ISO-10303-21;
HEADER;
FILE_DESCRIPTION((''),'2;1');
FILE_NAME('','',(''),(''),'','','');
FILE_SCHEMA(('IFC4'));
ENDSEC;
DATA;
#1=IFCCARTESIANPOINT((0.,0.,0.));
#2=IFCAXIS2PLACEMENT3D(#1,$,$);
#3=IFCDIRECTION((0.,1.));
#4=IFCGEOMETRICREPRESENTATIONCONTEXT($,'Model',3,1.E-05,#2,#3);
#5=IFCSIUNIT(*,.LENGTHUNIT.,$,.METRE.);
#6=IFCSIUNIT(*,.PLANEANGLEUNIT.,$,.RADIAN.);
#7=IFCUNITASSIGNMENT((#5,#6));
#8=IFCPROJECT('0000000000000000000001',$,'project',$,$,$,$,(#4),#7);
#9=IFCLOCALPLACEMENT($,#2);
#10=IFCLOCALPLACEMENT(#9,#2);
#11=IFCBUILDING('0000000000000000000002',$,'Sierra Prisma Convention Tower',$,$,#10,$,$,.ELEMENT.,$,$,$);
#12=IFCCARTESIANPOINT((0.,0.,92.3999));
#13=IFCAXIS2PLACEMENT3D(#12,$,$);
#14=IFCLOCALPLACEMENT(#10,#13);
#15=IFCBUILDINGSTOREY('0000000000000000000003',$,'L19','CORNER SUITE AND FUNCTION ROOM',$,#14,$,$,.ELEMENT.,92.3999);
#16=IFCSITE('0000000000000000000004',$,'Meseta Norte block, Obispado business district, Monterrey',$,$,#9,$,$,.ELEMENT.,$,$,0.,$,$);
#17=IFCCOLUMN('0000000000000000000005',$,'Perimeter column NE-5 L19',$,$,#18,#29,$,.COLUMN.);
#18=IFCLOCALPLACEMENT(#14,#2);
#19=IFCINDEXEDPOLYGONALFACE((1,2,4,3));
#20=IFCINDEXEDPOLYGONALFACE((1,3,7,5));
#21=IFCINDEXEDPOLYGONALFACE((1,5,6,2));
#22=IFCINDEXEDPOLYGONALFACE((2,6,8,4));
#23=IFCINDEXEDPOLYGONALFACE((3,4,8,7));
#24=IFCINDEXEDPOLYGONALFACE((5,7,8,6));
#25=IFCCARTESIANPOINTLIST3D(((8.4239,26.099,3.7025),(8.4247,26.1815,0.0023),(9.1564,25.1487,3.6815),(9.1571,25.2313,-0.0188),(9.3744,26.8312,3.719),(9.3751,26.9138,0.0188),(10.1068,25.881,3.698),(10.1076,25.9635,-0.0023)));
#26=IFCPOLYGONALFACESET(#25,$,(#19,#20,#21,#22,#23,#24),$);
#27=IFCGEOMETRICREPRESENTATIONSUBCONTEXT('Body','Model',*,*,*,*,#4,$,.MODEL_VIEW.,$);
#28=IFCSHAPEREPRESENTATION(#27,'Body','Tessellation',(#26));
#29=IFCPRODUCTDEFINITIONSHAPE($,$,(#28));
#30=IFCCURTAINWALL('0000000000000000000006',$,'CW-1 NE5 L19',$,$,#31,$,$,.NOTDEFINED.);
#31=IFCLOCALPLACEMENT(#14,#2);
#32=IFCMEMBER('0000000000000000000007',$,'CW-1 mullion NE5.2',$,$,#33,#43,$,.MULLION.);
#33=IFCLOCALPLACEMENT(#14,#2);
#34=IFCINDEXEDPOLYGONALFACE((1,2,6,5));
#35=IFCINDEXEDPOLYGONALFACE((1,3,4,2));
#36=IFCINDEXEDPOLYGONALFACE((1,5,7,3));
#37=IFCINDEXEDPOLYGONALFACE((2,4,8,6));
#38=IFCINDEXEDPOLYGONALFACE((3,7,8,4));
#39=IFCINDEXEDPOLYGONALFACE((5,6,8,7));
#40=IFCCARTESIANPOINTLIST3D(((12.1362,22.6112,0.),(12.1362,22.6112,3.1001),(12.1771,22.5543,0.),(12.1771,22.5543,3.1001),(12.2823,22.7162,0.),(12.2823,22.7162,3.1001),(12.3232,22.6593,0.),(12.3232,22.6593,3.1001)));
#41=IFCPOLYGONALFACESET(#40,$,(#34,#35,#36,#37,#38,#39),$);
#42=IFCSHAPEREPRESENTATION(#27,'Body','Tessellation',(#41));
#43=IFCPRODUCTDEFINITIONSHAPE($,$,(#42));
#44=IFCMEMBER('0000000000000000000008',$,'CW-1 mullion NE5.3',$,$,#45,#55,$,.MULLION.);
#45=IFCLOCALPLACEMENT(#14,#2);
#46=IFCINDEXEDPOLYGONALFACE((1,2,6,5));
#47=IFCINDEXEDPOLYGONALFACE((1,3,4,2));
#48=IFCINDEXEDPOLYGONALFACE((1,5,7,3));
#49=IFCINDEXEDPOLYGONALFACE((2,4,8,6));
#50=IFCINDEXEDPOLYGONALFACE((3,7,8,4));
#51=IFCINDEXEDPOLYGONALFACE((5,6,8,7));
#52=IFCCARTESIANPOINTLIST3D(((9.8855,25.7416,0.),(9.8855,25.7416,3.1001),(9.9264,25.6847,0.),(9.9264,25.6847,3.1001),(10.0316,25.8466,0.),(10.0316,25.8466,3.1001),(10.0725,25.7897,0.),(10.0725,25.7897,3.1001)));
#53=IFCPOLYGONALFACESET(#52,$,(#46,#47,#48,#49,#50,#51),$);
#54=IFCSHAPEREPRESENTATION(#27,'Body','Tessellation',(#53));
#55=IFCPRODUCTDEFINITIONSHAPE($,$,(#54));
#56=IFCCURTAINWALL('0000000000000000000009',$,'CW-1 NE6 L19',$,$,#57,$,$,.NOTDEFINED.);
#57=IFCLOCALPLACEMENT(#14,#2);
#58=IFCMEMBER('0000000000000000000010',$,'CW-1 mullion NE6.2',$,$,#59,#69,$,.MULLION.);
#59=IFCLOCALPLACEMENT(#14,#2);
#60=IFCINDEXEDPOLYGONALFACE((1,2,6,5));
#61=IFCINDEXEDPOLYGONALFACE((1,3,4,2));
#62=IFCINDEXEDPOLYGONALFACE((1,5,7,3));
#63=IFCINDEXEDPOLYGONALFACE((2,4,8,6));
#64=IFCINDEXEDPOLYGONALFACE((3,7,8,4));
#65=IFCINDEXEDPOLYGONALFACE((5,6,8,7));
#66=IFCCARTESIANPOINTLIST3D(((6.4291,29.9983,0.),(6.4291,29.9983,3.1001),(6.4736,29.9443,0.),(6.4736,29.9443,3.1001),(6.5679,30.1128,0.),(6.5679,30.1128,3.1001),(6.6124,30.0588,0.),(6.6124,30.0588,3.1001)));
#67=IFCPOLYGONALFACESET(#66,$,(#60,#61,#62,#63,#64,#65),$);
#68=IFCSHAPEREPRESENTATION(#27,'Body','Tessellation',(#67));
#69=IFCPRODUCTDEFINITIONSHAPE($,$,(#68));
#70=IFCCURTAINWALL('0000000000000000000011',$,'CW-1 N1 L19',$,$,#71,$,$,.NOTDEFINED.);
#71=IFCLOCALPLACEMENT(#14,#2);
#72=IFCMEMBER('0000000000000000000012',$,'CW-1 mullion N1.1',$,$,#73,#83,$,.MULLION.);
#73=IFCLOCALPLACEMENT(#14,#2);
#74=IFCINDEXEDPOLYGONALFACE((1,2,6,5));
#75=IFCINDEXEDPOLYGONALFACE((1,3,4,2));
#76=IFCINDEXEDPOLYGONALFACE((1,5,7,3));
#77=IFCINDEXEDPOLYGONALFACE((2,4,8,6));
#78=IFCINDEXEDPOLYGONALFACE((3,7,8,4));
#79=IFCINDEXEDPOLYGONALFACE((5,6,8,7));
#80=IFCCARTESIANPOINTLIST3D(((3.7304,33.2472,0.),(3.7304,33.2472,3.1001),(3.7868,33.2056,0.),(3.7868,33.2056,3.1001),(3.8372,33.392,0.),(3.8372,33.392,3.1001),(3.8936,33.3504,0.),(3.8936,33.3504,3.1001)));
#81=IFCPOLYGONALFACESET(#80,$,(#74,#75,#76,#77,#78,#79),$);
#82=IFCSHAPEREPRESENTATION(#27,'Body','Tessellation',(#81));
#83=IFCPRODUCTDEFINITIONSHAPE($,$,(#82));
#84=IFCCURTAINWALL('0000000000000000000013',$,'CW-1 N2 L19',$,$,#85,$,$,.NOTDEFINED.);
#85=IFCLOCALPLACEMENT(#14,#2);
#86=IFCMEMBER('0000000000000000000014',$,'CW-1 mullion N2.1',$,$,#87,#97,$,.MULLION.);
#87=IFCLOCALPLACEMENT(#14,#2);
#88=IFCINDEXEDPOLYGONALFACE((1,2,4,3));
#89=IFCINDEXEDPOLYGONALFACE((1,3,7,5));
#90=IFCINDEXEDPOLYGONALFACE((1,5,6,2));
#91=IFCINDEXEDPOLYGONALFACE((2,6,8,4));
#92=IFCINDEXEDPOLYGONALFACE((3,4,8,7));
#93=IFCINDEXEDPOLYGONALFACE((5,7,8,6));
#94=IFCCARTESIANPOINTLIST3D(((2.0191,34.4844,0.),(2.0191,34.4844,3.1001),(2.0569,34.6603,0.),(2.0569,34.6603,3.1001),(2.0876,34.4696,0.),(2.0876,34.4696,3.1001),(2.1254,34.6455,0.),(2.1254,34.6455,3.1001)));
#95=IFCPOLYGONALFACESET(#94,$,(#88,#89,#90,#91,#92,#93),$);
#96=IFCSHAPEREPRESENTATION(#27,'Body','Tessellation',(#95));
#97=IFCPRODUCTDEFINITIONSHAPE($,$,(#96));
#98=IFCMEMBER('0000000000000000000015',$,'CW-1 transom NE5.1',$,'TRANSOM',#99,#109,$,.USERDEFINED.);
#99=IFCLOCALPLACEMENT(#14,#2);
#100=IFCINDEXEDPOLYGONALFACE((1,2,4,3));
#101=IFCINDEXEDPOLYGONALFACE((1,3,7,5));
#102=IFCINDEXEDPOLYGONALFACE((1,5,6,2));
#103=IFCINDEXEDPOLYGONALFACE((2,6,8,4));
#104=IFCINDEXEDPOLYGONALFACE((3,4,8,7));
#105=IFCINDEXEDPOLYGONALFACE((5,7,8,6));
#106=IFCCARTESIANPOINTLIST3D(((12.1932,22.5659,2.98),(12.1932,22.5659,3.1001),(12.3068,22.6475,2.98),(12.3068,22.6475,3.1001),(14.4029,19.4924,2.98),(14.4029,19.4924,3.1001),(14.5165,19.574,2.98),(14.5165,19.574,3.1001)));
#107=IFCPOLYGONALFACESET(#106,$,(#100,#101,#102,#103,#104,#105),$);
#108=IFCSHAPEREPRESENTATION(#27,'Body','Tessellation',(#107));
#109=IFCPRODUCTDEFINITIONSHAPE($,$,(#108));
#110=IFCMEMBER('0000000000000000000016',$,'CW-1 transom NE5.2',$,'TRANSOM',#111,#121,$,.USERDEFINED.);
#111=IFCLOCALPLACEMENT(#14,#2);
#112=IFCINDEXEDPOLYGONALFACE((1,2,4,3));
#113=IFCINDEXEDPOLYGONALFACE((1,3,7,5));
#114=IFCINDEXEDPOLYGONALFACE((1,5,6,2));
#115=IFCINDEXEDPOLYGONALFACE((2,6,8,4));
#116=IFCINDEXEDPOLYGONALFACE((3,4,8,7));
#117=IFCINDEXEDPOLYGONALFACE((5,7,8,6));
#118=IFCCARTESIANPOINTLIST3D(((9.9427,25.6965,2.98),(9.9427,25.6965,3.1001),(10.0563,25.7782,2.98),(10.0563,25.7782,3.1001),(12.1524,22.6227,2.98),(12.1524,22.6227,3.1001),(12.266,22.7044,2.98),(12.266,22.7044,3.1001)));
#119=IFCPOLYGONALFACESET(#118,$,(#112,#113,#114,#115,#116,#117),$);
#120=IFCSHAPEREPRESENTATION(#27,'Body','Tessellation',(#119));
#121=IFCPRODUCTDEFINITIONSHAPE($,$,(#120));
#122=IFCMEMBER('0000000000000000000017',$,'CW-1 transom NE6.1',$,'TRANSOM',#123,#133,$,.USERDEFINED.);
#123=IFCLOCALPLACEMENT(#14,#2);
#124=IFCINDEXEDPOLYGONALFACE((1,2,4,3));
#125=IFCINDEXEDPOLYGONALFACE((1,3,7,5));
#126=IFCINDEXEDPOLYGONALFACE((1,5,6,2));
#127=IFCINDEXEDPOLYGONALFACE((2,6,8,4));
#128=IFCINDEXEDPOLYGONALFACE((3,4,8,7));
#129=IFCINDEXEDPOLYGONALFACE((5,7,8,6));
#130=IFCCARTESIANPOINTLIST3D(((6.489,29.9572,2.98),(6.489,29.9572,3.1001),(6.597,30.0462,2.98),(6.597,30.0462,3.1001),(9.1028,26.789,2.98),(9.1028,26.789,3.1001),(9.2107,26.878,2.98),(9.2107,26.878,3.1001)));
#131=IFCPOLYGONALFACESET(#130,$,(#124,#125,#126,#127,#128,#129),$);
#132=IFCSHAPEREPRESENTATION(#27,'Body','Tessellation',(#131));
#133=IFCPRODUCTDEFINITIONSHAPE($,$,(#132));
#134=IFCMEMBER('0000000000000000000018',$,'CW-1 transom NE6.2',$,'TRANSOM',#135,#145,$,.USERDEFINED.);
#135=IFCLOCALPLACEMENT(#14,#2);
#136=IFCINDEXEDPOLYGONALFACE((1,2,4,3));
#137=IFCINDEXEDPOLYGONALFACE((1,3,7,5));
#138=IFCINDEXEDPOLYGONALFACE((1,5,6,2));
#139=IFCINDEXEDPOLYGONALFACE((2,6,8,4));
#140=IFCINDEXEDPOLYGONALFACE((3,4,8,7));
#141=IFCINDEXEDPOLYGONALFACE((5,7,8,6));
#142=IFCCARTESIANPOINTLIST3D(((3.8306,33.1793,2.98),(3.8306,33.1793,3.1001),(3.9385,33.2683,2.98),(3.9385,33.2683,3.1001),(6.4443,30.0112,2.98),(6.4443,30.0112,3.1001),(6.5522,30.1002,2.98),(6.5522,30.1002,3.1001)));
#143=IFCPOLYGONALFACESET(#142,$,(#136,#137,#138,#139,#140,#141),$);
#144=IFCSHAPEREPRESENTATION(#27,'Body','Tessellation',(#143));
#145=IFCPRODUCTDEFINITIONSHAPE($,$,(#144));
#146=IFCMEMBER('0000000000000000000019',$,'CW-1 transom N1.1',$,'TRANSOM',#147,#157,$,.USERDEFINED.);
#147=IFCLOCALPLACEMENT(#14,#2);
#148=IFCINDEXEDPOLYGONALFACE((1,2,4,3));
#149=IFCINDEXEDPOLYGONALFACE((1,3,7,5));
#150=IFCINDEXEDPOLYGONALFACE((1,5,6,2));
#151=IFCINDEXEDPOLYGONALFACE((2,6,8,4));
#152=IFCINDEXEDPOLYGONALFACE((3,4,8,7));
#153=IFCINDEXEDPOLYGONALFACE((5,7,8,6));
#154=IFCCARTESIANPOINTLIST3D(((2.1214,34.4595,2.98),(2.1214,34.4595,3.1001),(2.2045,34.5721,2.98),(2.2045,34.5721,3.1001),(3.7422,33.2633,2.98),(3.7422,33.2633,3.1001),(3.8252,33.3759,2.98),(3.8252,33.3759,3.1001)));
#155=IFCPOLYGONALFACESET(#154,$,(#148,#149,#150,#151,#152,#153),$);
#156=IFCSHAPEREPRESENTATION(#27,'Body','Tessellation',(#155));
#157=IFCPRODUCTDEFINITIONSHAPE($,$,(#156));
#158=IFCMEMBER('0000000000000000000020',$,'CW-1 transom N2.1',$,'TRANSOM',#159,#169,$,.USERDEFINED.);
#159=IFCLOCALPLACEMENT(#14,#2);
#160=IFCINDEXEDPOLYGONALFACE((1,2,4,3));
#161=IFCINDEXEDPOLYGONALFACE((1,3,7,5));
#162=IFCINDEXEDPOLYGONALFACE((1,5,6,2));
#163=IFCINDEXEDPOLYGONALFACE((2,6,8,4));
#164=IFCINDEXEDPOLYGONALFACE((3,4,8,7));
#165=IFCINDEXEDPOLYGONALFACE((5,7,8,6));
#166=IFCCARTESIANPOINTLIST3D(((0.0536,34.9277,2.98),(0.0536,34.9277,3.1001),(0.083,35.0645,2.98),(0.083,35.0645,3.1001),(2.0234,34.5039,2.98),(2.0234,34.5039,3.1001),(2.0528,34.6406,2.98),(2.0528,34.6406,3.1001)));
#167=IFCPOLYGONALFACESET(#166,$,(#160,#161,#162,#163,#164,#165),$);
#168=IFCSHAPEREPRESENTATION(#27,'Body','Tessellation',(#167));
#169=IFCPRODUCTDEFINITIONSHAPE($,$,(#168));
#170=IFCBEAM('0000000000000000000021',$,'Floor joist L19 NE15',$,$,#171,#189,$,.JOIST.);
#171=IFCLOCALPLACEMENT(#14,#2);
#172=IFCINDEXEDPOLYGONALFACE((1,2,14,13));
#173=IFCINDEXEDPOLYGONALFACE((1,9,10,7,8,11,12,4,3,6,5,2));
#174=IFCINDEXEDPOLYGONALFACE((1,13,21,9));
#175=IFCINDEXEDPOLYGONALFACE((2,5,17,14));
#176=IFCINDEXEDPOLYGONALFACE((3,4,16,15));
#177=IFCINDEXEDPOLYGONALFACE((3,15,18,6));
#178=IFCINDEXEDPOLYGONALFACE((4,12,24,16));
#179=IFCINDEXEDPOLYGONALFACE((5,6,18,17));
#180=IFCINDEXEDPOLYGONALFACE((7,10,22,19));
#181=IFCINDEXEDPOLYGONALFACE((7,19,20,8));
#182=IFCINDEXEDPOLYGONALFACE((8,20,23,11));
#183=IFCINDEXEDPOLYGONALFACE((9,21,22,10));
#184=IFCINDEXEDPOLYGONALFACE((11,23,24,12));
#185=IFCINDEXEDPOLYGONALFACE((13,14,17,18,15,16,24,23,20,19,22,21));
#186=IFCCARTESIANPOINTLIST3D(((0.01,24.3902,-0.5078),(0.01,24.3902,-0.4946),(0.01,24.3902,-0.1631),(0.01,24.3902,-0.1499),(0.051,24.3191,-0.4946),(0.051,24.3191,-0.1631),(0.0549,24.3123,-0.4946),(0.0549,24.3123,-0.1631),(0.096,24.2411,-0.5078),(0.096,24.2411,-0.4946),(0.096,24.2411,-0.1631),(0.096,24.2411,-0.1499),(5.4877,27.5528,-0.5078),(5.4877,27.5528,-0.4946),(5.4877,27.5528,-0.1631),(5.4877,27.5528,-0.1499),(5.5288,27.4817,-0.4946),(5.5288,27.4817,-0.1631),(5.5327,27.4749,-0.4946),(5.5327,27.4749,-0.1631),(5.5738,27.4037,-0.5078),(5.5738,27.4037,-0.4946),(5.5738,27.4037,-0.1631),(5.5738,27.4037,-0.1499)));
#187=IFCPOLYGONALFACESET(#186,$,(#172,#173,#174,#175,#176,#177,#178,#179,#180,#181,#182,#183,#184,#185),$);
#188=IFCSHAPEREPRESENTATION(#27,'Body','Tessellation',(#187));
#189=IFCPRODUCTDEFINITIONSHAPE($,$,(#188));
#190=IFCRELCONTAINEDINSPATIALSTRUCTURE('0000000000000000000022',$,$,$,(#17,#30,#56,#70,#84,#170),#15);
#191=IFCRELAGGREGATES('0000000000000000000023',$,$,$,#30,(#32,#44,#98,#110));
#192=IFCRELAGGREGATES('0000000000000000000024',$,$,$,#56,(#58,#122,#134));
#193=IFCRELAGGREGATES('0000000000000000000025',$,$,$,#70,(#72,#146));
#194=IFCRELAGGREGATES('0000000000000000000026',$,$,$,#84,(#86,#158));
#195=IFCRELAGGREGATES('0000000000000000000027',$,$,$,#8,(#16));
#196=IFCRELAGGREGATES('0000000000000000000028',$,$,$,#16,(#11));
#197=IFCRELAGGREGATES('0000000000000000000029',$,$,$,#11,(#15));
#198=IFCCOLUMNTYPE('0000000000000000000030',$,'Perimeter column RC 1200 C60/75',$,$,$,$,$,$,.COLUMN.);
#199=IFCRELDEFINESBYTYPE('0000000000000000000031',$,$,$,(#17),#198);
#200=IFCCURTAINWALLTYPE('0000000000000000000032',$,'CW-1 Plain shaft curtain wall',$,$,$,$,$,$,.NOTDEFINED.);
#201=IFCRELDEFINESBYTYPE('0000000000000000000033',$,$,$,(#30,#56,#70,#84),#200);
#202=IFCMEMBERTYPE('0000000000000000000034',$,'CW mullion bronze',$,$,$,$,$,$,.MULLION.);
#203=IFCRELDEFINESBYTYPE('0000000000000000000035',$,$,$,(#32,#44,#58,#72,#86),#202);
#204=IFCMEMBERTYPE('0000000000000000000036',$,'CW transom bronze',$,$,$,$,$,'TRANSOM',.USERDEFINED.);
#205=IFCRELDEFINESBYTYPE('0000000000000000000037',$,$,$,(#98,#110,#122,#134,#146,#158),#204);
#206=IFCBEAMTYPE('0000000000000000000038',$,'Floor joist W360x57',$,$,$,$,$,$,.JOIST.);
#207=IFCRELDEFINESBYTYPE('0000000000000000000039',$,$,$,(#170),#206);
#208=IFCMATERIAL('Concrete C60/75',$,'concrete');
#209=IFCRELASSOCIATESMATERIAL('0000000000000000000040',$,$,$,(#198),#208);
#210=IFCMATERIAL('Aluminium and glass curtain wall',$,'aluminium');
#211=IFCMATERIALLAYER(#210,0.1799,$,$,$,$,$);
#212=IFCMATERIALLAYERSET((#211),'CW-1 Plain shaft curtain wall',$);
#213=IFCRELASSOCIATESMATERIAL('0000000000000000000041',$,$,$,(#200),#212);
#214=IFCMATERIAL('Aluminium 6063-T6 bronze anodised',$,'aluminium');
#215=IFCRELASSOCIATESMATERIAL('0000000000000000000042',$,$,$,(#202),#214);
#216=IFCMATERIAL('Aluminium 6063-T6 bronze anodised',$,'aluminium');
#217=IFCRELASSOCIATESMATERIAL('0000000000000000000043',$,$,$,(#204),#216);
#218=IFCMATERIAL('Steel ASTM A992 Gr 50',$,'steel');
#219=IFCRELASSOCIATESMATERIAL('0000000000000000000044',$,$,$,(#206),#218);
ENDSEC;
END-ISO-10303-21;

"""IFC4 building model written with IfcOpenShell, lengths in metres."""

from ifc_helpers import new_model, si_unit, direction, frame, origin, origin_2d, place, context, subcontext, project, spatial, rectangle, i_section, extrude, material, layer, layer_set, material_profile, profile_set, type_object, element, aggregate, save


model = new_model("IFC4")

# Units and contexts
model_context = context("Model", 3, precision=1e-05, world=origin(), true_north=direction((0.0, 1.0)))
body_context = subcontext(model_context, "Body", "Model", "MODEL_VIEW")
ifc_project = project(units=[si_unit("LENGTHUNIT", "METRE"), si_unit("PLANEANGLEUNIT", "RADIAN")], contexts=[model_context])

# Site, building, storey
site_placement = place(None, origin())
site = spatial("IfcSite", under=ifc_project, at=site_placement, Name="Meseta Norte block, Obispado business district, Monterrey", CompositionType="ELEMENT", RefElevation=0.0)
building_placement = place(site_placement, origin())
building = spatial("IfcBuilding", under=site, at=building_placement, Name="Sierra Prisma Convention Tower", CompositionType="ELEMENT")
storey_placement = place(building_placement, frame((0.0, 0.0, 92.3999)))
storey = spatial("IfcBuildingStorey", under=building, at=storey_placement, Name="L19", Description="CORNER SUITE AND FUNCTION ROOM", CompositionType="ELEMENT", Elevation=92.3999)

# Column
ifc_material_1 = material(Name="Concrete C60/75", Category="concrete")
ifc_material_profile_1 = material_profile(ifc_material_1, rectangle(XDim=1.2, YDim=1.2, at=origin_2d()), Name="Perimeter column RC 1200 C60/75")
ifc_profile_set_1 = profile_set([ifc_material_profile_1], Name="Concrete C60/75")
column_type = type_object("IfcColumnType", Name="Perimeter column RC 1200 C60/75", PredefinedType="COLUMN", material=ifc_profile_set_1)
column_placement = place(storey_placement, frame((9.2661, 26.0725, 0.0), z_axis=(-0.000198, -0.022296, 0.999751), x_axis=(-0.610386, 0.79191, 0.01754)))
element("IfcColumn", 1, at=column_placement, inside=storey, type_object=column_type, Name="Perimeter column NE-5 L19", PredefinedType="COLUMN", context=body_context, shape_type="SweptSolid", body=[
    extrude(rectangle(XDim=1.2, YDim=1.2, at=origin_2d()), origin(), (0.0, 0.0, 1.0), 3.7012),
])

# Curtain wall, members
ifc_material_2 = material(Name="Aluminium and glass curtain wall", Category="aluminium")
ifc_layer_1 = layer(ifc_material_2, 0.1799)
ifc_layer_set_1 = layer_set([ifc_layer_1], Name="CW-1 Plain shaft curtain wall")
curtain_wall_type = type_object("IfcCurtainWallType", Name="CW-1 Plain shaft curtain wall", PredefinedType="NOTDEFINED", material=ifc_layer_set_1)
curtain_wall_1_placement = place(storey_placement, origin())
curtain_wall_1 = element("IfcCurtainWall", 2, at=curtain_wall_1_placement, inside=storey, type_object=curtain_wall_type, Name="CW-1 NE5 L19", PredefinedType="NOTDEFINED")
ifc_material_3 = material(Name="Aluminium 6063-T6 bronze anodised", Category="aluminium")
ifc_material_profile_2 = material_profile(ifc_material_3, rectangle(XDim=0.1799, YDim=0.0701, at=origin_2d()), Name="ALU MULLION 70x180")
ifc_profile_set_2 = profile_set([ifc_material_profile_2], Name="Aluminium 6063-T6 bronze anodised")
member_type_1 = type_object("IfcMemberType", Name="CW mullion bronze", PredefinedType="MULLION", material=ifc_profile_set_2)
member_1_placement = place(storey_placement, frame((12.2297, 22.6353, 0.0), z_axis=(0.0, 0.0, 1.0), x_axis=(-0.811951, -0.583726, 0.0)))
member_1 = element("IfcMember", 3, at=member_1_placement, type_object=member_type_1, Name="CW-1 mullion NE5.2", PredefinedType="MULLION", context=body_context, shape_type="SweptSolid", body=[
    extrude(rectangle(XDim=0.1799, YDim=0.0701, at=origin_2d()), origin(), (0.0, 0.0, 1.0), 3.1001),
])
member_2_placement = place(storey_placement, frame((9.979, 25.7656, 0.0), z_axis=(0.0, 0.0, 1.0), x_axis=(-0.811951, -0.583726, 0.0)))
member_2 = element("IfcMember", 4, at=member_2_placement, type_object=member_type_1, Name="CW-1 mullion NE5.3", PredefinedType="MULLION", context=body_context, shape_type="SweptSolid", body=[
    extrude(rectangle(XDim=0.1799, YDim=0.0701, at=origin_2d()), origin(), (0.0, 0.0, 1.0), 3.1001),
])

# Curtain walls, members
curtain_wall_2_placement = place(storey_placement, origin())
curtain_wall_2 = element("IfcCurtainWall", 5, at=curtain_wall_2_placement, inside=storey, type_object=curtain_wall_type, Name="CW-1 NE6 L19", PredefinedType="NOTDEFINED")
member_3_placement = place(storey_placement, frame((6.5208, 30.0286, 0.0), z_axis=(0.0, 0.0, 1.0), x_axis=(-0.771383, -0.636371, 0.0)))
member_3 = element("IfcMember", 6, at=member_3_placement, type_object=member_type_1, Name="CW-1 mullion NE6.2", PredefinedType="MULLION", context=body_context, shape_type="SweptSolid", body=[
    extrude(rectangle(XDim=0.1799, YDim=0.0701, at=origin_2d()), origin(), (0.0, 0.0, 1.0), 3.1001),
])
curtain_wall_3_placement = place(storey_placement, origin())
curtain_wall_3 = element("IfcCurtainWall", 7, at=curtain_wall_3_placement, inside=storey, type_object=curtain_wall_type, Name="CW-1 N1 L19", PredefinedType="NOTDEFINED")
member_4_placement = place(storey_placement, frame((3.812, 33.2988, 0.0), z_axis=(0.0, 0.0, 1.0), x_axis=(-0.593846, -0.804579, 0.0)))
member_4 = element("IfcMember", 8, at=member_4_placement, type_object=member_type_1, Name="CW-1 mullion N1.1", PredefinedType="MULLION", context=body_context, shape_type="SweptSolid", body=[
    extrude(rectangle(XDim=0.1799, YDim=0.0701, at=origin_2d()), origin(), (0.0, 0.0, 1.0), 3.1001),
])
curtain_wall_4_placement = place(storey_placement, origin())
curtain_wall_4 = element("IfcCurtainWall", 9, at=curtain_wall_4_placement, inside=storey, type_object=curtain_wall_type, Name="CW-1 N2 L19", PredefinedType="NOTDEFINED")
member_5_placement = place(storey_placement, frame((2.0723, 34.5649, 0.0), z_axis=(0.0, 0.0, 1.0), x_axis=(-0.21036, -0.977624, 0.0)))
member_5 = element("IfcMember", 10, at=member_5_placement, type_object=member_type_1, Name="CW-1 mullion N2.1", PredefinedType="MULLION", context=body_context, shape_type="SweptSolid", body=[
    extrude(rectangle(XDim=0.1799, YDim=0.0701, at=origin_2d()), origin(), (0.0, 0.0, 1.0), 3.1001),
])

# Members
ifc_material_4 = material(Name="Aluminium 6063-T6 bronze anodised", Category="aluminium")
ifc_material_profile_3 = material_profile(ifc_material_4, rectangle(XDim=0.1399, YDim=0.1201, at=origin_2d()), Name="ALU TRANSOM 120x140")
ifc_profile_set_3 = profile_set([ifc_material_profile_3], Name="Aluminium 6063-T6 bronze anodised")
member_type_2 = type_object("IfcMemberType", Name="CW transom bronze", ElementType="TRANSOM", PredefinedType="USERDEFINED", material=ifc_profile_set_3)
member_6_placement = place(storey_placement, frame((14.4597, 19.5332, 3.04), z_axis=(-0.583749, 0.811934, 0.0), x_axis=(-0.811934, -0.583749, 0.0)))
member_6 = element("IfcMember", 11, at=member_6_placement, type_object=member_type_2, Name="CW-1 transom NE5.1", ObjectType="TRANSOM", PredefinedType="USERDEFINED", context=body_context, shape_type="SweptSolid", body=[
    extrude(rectangle(XDim=0.1399, YDim=0.1201, at=origin_2d()), origin(), (0.0, 0.0, 1.0), 3.7854),
])
member_7_placement = place(storey_placement, frame((12.2092, 22.6636, 3.04), z_axis=(-0.583718, 0.811956, 0.0), x_axis=(-0.811956, -0.583718, 0.0)))
member_7 = element("IfcMember", 12, at=member_7_placement, type_object=member_type_2, Name="CW-1 transom NE5.2", ObjectType="TRANSOM", PredefinedType="USERDEFINED", context=body_context, shape_type="SweptSolid", body=[
    extrude(rectangle(XDim=0.1399, YDim=0.1201, at=origin_2d()), origin(), (0.0, 0.0, 1.0), 3.7856),
])
member_8_placement = place(storey_placement, frame((9.1567, 26.8335, 3.04), z_axis=(-0.636382, 0.771374, 0.0), x_axis=(-0.771374, -0.636382, 0.0)))
member_8 = element("IfcMember", 13, at=member_8_placement, type_object=member_type_2, Name="CW-1 transom NE6.1", ObjectType="TRANSOM", PredefinedType="USERDEFINED", context=body_context, shape_type="SweptSolid", body=[
    extrude(rectangle(XDim=0.1399, YDim=0.1201, at=origin_2d()), origin(), (0.0, 0.0, 1.0), 4.1072),
])
member_9_placement = place(storey_placement, frame((6.4983, 30.0557, 3.04), z_axis=(-0.636382, 0.771374, 0.0), x_axis=(-0.771374, -0.636382, 0.0)))
member_9 = element("IfcMember", 14, at=member_9_placement, type_object=member_type_2, Name="CW-1 transom NE6.2", ObjectType="TRANSOM", PredefinedType="USERDEFINED", context=body_context, shape_type="SweptSolid", body=[
    extrude(rectangle(XDim=0.1399, YDim=0.1201, at=origin_2d()), origin(), (0.0, 0.0, 1.0), 4.1072),
])
member_10_placement = place(storey_placement, frame((3.7837, 33.3196, 3.04), z_axis=(-0.804586, 0.593835, 0.0), x_axis=(-0.593835, -0.804586, 0.0)))
member_10 = element("IfcMember", 15, at=member_10_placement, type_object=member_type_2, Name="CW-1 transom N1.1", ObjectType="TRANSOM", PredefinedType="USERDEFINED", context=body_context, shape_type="SweptSolid", body=[
    extrude(rectangle(XDim=0.1399, YDim=0.1201, at=origin_2d()), origin(), (0.0, 0.0, 1.0), 2.0144),
])
member_11_placement = place(storey_placement, frame((2.0381, 34.5723, 3.04), z_axis=(-0.977625, 0.210357, 0.0), x_axis=(-0.210357, -0.977625, 0.0)))
member_11 = element("IfcMember", 16, at=member_11_placement, type_object=member_type_2, Name="CW-1 transom N2.1", ObjectType="TRANSOM", PredefinedType="USERDEFINED", context=body_context, shape_type="SweptSolid", body=[
    extrude(rectangle(XDim=0.1399, YDim=0.1201, at=origin_2d()), origin(), (0.0, 0.0, 1.0), 2.0149),
])

# Beam
ifc_material_5 = material(Name="Steel ASTM A992 Gr 50", Category="steel")
ifc_material_profile_4 = material_profile(ifc_material_5, i_section(OverallWidth=0.1721, OverallDepth=0.3579, WebThickness=0.0078, FlangeThickness=0.0132, at=origin_2d()), Name="W360x57")
ifc_profile_set_4 = profile_set([ifc_material_profile_4], Name="Steel ASTM A992 Gr 50")
beam_type_1 = type_object("IfcBeamType", Name="Floor joist W360x57", PredefinedType="JOIST", material=ifc_profile_set_4)
beam_1_placement = place(storey_placement, frame((5.5308, 27.4783, -0.3289), z_axis=(-0.866026, -0.5, 0.0), x_axis=(0.5, -0.866026, 0.0)))
element("IfcBeam", 17, at=beam_1_placement, inside=storey, type_object=beam_type_1, Name="Floor joist L19 NE15", PredefinedType="JOIST", context=body_context, shape_type="SweptSolid", body=[
    extrude(i_section(OverallWidth=0.1721, OverallDepth=0.3579, WebThickness=0.0078, FlangeThickness=0.0132, at=origin_2d()), origin(), (0.0, 0.0, 1.0), 6.3252),
])

aggregate(curtain_wall_1, [member_1, member_2, member_6, member_7])
aggregate(curtain_wall_2, [member_3, member_8, member_9])
aggregate(curtain_wall_3, [member_4, member_10])
aggregate(curtain_wall_4, [member_5, member_11])

save(model, "model.ifc")
